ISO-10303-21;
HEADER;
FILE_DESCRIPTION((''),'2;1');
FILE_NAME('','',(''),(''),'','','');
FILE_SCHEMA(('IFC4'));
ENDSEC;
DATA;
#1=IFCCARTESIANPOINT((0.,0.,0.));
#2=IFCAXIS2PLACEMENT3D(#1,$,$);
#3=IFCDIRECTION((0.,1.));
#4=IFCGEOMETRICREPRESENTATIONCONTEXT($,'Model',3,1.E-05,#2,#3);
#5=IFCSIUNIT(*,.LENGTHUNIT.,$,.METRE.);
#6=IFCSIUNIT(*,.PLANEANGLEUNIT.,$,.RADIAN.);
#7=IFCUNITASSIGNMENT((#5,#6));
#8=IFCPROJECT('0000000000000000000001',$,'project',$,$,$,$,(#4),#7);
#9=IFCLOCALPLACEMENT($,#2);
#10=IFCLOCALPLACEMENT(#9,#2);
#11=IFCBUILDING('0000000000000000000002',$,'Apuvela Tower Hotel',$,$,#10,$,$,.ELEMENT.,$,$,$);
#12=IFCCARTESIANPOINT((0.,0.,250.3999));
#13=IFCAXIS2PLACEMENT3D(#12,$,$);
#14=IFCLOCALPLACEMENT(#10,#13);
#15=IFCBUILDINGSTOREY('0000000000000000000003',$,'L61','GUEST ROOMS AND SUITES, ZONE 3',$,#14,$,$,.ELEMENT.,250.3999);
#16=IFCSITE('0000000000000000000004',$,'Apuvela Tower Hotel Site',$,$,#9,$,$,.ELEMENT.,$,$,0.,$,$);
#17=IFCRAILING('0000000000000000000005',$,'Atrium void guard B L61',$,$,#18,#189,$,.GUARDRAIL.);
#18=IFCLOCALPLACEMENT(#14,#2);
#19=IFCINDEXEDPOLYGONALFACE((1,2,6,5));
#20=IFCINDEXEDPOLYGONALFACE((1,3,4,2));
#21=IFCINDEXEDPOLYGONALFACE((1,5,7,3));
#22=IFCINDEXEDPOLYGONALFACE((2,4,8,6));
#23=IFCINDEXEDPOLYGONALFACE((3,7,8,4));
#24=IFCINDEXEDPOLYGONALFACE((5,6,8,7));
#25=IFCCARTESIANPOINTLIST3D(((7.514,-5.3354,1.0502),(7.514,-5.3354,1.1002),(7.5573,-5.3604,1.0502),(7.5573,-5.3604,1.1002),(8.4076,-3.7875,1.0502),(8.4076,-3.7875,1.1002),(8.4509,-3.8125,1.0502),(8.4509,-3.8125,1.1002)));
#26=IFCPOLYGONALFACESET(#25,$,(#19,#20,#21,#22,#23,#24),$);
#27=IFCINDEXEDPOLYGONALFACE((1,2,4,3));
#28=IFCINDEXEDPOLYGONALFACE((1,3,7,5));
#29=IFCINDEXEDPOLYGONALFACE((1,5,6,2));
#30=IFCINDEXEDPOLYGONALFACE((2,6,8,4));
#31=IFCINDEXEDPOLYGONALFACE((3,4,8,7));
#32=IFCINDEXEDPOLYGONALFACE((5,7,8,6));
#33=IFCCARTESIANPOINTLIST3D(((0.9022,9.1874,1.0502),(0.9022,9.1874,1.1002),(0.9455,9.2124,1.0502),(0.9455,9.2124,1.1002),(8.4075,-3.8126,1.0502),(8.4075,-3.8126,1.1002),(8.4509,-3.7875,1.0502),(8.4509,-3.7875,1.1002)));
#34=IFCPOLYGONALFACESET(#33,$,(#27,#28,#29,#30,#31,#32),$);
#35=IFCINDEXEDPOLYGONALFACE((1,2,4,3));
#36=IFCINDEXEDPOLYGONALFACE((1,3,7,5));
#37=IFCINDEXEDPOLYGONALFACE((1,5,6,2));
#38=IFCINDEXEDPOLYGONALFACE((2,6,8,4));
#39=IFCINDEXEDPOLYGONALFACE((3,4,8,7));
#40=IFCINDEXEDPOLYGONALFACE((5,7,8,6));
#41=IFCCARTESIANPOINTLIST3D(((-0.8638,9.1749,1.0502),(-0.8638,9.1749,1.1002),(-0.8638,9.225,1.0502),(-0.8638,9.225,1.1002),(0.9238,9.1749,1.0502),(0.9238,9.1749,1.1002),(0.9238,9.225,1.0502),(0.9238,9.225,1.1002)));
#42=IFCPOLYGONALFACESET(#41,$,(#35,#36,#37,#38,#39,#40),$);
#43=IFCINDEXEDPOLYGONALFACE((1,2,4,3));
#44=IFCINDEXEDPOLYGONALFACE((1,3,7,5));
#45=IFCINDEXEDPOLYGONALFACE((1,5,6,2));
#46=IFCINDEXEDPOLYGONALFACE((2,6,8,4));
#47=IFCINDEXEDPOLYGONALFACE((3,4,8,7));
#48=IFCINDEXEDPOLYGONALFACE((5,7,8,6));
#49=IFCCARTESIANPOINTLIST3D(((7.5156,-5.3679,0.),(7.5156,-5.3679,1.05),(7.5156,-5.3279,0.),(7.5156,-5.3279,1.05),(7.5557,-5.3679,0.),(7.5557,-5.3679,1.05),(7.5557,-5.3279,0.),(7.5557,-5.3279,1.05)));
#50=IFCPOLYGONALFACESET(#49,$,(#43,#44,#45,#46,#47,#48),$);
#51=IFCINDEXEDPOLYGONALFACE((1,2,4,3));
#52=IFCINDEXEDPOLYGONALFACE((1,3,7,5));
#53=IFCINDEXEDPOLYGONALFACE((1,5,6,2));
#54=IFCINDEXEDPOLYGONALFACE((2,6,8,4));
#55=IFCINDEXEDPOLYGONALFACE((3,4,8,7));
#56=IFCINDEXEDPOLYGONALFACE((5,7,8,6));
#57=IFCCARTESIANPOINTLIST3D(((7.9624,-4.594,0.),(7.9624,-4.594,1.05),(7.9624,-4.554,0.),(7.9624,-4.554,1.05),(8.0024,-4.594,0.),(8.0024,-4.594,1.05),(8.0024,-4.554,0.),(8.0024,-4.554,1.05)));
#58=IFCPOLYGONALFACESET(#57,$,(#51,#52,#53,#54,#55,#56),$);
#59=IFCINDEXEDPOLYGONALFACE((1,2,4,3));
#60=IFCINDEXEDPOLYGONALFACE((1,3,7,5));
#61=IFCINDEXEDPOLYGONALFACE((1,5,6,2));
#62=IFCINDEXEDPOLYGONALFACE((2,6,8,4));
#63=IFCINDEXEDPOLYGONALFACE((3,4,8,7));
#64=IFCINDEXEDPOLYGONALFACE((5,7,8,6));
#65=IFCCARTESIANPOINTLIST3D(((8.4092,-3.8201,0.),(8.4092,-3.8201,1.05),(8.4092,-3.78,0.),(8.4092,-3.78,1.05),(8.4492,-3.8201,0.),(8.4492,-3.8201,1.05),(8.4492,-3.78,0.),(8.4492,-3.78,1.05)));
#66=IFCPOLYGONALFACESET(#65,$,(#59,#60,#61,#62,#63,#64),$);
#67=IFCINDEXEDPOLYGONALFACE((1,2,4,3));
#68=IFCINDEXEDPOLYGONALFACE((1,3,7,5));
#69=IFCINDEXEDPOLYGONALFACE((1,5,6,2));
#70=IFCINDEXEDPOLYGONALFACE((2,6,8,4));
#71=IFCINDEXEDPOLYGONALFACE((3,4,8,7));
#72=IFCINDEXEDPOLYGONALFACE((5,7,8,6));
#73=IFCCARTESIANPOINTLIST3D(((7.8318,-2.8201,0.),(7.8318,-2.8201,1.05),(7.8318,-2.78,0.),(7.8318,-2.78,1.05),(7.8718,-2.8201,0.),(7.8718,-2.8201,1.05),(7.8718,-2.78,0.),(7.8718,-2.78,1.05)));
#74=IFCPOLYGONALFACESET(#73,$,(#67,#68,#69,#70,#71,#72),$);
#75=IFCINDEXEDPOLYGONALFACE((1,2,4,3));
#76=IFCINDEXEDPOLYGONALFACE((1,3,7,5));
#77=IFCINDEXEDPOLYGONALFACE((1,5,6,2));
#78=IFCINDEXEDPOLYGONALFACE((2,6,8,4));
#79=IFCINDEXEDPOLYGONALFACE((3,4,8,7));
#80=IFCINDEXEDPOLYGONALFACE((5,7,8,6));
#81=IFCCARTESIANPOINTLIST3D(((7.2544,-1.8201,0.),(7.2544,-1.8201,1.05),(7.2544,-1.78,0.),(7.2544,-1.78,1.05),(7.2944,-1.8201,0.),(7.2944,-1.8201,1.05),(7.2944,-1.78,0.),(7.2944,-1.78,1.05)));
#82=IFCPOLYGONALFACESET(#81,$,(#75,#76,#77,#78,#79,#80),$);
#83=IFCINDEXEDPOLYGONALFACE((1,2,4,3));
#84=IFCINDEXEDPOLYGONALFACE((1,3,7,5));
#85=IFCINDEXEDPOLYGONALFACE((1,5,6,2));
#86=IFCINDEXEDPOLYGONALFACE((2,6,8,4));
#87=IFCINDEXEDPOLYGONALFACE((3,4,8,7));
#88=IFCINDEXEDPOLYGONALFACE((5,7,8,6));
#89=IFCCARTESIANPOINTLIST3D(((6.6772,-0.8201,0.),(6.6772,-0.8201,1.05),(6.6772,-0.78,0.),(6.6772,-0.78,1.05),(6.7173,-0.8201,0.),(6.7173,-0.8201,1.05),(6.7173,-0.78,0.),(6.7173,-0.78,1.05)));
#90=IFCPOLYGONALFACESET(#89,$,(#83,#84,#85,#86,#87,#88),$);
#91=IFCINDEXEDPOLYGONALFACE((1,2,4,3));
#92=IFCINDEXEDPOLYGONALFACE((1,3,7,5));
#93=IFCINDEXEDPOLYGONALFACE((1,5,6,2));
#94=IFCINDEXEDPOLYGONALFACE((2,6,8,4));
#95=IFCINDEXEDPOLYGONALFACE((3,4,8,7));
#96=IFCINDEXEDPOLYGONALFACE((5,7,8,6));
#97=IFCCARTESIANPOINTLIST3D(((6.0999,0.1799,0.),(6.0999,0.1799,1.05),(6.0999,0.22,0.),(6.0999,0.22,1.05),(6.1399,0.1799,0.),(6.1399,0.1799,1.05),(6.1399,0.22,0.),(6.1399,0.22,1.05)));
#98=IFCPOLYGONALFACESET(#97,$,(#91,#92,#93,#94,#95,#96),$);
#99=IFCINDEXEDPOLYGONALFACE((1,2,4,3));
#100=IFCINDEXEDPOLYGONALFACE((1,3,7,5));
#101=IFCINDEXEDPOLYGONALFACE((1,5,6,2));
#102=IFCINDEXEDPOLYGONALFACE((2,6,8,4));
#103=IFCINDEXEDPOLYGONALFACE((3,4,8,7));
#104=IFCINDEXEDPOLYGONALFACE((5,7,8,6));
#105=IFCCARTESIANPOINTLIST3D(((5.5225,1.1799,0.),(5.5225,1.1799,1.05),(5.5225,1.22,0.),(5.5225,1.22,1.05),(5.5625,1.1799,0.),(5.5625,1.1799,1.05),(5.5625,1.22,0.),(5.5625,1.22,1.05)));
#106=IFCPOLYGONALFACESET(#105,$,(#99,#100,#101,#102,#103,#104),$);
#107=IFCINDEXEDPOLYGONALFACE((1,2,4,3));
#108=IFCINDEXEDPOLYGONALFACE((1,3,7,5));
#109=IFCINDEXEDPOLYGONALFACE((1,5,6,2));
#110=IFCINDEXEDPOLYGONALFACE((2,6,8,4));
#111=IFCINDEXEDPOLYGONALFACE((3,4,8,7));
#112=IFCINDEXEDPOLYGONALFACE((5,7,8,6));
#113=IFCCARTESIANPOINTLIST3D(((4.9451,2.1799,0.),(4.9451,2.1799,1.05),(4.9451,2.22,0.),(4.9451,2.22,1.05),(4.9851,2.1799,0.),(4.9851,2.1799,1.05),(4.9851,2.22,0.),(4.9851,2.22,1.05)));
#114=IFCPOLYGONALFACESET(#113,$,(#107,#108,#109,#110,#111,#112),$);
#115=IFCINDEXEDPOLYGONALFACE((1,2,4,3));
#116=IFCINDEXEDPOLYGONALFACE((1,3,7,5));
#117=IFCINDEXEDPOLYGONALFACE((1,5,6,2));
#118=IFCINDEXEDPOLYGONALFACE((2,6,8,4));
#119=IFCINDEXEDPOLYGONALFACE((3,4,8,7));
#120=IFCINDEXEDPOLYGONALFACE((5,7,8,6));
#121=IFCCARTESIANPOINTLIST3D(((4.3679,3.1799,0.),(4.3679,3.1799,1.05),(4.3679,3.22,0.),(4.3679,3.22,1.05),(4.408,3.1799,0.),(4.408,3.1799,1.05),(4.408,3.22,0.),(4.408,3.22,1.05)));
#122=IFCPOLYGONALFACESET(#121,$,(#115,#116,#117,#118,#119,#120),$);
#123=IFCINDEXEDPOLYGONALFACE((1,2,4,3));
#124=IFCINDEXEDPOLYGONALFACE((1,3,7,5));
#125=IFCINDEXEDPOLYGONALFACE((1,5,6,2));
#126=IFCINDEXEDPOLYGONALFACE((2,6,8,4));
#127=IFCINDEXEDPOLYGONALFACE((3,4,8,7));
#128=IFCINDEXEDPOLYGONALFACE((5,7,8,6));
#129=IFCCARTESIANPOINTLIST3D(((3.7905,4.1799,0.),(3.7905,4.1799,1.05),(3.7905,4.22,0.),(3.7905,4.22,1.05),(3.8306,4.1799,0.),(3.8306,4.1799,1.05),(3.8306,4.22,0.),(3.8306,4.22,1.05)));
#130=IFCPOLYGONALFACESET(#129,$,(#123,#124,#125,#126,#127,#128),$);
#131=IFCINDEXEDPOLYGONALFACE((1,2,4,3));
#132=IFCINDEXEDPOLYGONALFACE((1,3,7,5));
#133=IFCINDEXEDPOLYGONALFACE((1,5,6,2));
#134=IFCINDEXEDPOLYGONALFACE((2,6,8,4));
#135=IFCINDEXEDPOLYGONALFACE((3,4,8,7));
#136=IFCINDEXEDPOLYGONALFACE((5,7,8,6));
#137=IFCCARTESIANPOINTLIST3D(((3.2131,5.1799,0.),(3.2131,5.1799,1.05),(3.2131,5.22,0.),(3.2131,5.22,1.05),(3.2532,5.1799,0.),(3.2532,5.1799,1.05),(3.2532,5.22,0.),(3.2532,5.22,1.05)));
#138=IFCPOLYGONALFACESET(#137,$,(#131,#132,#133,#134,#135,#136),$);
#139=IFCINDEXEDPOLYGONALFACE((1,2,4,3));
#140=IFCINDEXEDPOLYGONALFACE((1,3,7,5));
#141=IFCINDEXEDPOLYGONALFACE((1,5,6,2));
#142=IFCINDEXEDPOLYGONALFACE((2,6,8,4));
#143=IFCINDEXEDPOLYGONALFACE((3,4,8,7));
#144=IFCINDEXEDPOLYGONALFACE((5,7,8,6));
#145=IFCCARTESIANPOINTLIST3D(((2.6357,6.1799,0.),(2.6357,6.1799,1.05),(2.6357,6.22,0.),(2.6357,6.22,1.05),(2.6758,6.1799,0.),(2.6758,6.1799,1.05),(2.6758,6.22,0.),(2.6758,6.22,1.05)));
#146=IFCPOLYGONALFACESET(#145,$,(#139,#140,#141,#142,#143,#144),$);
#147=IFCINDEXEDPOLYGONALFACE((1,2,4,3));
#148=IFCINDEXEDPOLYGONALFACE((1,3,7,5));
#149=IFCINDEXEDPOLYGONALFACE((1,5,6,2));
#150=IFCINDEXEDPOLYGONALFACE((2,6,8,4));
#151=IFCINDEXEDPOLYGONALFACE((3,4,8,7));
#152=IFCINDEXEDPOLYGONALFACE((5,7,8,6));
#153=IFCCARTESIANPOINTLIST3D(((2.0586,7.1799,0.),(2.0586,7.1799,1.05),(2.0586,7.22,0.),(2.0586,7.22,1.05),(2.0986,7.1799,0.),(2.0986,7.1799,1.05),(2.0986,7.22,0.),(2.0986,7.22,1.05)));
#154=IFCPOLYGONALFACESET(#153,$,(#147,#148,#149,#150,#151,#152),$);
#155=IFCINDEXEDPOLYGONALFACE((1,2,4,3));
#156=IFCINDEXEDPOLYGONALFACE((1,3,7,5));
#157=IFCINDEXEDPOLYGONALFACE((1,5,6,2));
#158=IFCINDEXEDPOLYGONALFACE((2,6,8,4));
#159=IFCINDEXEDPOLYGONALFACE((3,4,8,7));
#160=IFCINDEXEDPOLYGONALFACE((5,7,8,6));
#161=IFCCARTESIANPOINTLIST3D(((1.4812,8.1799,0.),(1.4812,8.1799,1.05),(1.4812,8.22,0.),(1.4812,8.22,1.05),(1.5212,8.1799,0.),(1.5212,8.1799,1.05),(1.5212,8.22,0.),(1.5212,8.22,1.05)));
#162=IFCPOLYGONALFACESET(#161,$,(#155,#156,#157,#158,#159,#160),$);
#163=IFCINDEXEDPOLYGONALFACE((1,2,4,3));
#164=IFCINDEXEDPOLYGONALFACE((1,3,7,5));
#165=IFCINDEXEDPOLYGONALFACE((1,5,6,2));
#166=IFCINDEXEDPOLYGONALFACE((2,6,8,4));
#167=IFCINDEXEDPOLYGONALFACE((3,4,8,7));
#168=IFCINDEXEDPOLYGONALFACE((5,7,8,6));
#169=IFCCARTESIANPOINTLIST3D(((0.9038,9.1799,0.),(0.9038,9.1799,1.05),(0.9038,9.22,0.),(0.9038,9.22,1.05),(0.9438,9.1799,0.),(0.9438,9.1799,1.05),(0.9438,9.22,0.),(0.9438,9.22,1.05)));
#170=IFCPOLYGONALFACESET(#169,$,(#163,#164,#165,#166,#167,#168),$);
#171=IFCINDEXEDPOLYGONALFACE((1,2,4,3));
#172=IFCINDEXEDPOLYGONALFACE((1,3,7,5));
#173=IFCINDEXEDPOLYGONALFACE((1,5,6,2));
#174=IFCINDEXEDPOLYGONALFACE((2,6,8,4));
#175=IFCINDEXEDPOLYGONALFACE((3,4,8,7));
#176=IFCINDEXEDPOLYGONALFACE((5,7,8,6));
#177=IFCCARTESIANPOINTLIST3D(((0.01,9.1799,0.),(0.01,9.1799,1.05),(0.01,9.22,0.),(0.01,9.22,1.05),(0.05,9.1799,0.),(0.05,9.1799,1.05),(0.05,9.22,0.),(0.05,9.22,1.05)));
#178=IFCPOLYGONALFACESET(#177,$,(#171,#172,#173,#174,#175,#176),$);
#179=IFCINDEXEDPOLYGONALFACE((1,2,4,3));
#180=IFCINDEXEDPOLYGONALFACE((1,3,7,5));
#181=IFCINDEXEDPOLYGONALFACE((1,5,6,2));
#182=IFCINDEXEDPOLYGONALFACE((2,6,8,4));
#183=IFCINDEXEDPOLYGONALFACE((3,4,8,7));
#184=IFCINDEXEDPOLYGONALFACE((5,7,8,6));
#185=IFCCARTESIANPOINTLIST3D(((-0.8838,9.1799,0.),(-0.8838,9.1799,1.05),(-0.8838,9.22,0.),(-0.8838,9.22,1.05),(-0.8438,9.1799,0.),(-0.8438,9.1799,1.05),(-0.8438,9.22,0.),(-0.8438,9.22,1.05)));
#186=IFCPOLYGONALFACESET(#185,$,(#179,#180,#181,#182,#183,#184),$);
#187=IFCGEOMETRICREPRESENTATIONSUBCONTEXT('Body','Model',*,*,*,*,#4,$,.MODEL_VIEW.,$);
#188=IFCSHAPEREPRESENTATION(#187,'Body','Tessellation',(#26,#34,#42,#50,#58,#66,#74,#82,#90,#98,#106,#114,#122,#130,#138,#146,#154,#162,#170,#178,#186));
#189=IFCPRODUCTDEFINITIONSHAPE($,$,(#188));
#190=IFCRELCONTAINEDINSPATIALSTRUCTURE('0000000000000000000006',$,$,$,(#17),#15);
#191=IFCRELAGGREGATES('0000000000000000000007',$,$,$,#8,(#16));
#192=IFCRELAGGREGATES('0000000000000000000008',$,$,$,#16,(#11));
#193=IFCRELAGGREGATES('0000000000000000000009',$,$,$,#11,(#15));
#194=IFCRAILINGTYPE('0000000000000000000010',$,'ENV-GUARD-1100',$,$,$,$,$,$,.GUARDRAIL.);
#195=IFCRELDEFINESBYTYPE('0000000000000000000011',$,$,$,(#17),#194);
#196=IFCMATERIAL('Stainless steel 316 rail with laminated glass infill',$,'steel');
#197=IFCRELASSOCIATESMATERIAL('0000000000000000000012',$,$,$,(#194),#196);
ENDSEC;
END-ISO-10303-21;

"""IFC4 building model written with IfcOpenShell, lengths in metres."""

from ifc_helpers import new_model, si_unit, direction, frame, origin, origin_2d, place, context, subcontext, project, spatial, rectangle, extrude, material, type_object, element, save


model = new_model("IFC4")

# Units and contexts
model_context = context("Model", 3, precision=1e-05, world=origin(), true_north=direction((0.0, 1.0)))
body_context = subcontext(model_context, "Body", "Model", "MODEL_VIEW")
ifc_project = project(units=[si_unit("LENGTHUNIT", "METRE"), si_unit("PLANEANGLEUNIT", "RADIAN")], contexts=[model_context])

# Site, building, storey
site_placement = place(None, origin())
site = spatial("IfcSite", under=ifc_project, at=site_placement, Name="Apuvela Tower Hotel Site", CompositionType="ELEMENT", RefElevation=0.0)
building_placement = place(site_placement, origin())
building = spatial("IfcBuilding", under=site, at=building_placement, Name="Apuvela Tower Hotel", CompositionType="ELEMENT")
storey_placement = place(building_placement, frame((0.0, 0.0, 250.3999)))
storey = spatial("IfcBuildingStorey", under=building, at=storey_placement, Name="L61", Description="GUEST ROOMS AND SUITES, ZONE 3", CompositionType="ELEMENT", Elevation=250.3999)

# Railing
ifc_material_1 = material(Name="Stainless steel 316 rail with laminated glass infill", Category="steel")
railing_type_1 = type_object("IfcRailingType", Name="ENV-GUARD-1100", PredefinedType="GUARDRAIL", material=ifc_material_1)
railing_1_placement = place(storey_placement, frame((7.5356, -5.3479, 0.0)))
element("IfcRailing", 1, at=railing_1_placement, inside=storey, type_object=railing_type_1, Name="Atrium void guard B L61", PredefinedType="GUARDRAIL", context=body_context, shape_type="SweptSolid", body=[
    extrude(rectangle(XDim=0.05, YDim=0.05, at=origin_2d()), frame((0.0, 0.0, 1.0752), z_axis=(0.499959, 0.866049, 0.0), x_axis=(-0.866049, 0.499959, 0.0)), (0.0, 0.0, 1.0), 1.7874),
    extrude(rectangle(XDim=0.05, YDim=0.05, at=origin_2d()), frame((0.8936, 1.5479, 1.0752), z_axis=(-0.499991, 0.866031, 0.0), x_axis=(-0.866031, -0.499991, 0.0)), (0.0, 0.0, 1.0), 15.011),
    extrude(rectangle(XDim=0.05, YDim=0.05, at=origin_2d()), frame((-6.6118, 14.5479, 1.0752), z_axis=(-1.0, 0.0, 0.0), x_axis=(0.0, -1.0, 0.0)), (0.0, 0.0, 1.0), 1.7876),
    extrude(rectangle(XDim=0.04, YDim=0.04, at=origin_2d()), origin(), (0.0, 0.0, 1.0), 1.05),
    extrude(rectangle(XDim=0.04, YDim=0.04, at=origin_2d()), frame((0.4468, 0.7739, 0.0)), (0.0, 0.0, 1.0), 1.05),
    extrude(rectangle(XDim=0.04, YDim=0.04, at=origin_2d()), frame((0.8936, 1.5479, 0.0)), (0.0, 0.0, 1.0), 1.05),
    extrude(rectangle(XDim=0.04, YDim=0.04, at=origin_2d()), frame((0.3162, 2.5479, 0.0)), (0.0, 0.0, 1.0), 1.05),
    extrude(rectangle(XDim=0.04, YDim=0.04, at=origin_2d()), frame((-0.2612, 3.5479, 0.0)), (0.0, 0.0, 1.0), 1.05),
    extrude(rectangle(XDim=0.04, YDim=0.04, at=origin_2d()), frame((-0.8384, 4.5479, 0.0)), (0.0, 0.0, 1.0), 1.05),
    extrude(rectangle(XDim=0.04, YDim=0.04, at=origin_2d()), frame((-1.4158, 5.5479, 0.0)), (0.0, 0.0, 1.0), 1.05),
    extrude(rectangle(XDim=0.04, YDim=0.04, at=origin_2d()), frame((-1.9932, 6.5479, 0.0)), (0.0, 0.0, 1.0), 1.05),
    extrude(rectangle(XDim=0.04, YDim=0.04, at=origin_2d()), frame((-2.5706, 7.5479, 0.0)), (0.0, 0.0, 1.0), 1.05),
    extrude(rectangle(XDim=0.04, YDim=0.04, at=origin_2d()), frame((-3.1477, 8.5479, 0.0)), (0.0, 0.0, 1.0), 1.05),
    extrude(rectangle(XDim=0.04, YDim=0.04, at=origin_2d()), frame((-3.7251, 9.5479, 0.0)), (0.0, 0.0, 1.0), 1.05),
    extrude(rectangle(XDim=0.04, YDim=0.04, at=origin_2d()), frame((-4.3025, 10.5479, 0.0)), (0.0, 0.0, 1.0), 1.05),
    extrude(rectangle(XDim=0.04, YDim=0.04, at=origin_2d()), frame((-4.8799, 11.5479, 0.0)), (0.0, 0.0, 1.0), 1.05),
    extrude(rectangle(XDim=0.04, YDim=0.04, at=origin_2d()), frame((-5.457, 12.5479, 0.0)), (0.0, 0.0, 1.0), 1.05),
    extrude(rectangle(XDim=0.04, YDim=0.04, at=origin_2d()), frame((-6.0344, 13.5479, 0.0)), (0.0, 0.0, 1.0), 1.05),
    extrude(rectangle(XDim=0.04, YDim=0.04, at=origin_2d()), frame((-6.6118, 14.5479, 0.0)), (0.0, 0.0, 1.0), 1.05),
    extrude(rectangle(XDim=0.04, YDim=0.04, at=origin_2d()), frame((-7.5056, 14.5479, 0.0)), (0.0, 0.0, 1.0), 1.05),
    extrude(rectangle(XDim=0.04, YDim=0.04, at=origin_2d()), frame((-8.3994, 14.5479, 0.0)), (0.0, 0.0, 1.0), 1.05),
])

save(model, "model.ifc")
